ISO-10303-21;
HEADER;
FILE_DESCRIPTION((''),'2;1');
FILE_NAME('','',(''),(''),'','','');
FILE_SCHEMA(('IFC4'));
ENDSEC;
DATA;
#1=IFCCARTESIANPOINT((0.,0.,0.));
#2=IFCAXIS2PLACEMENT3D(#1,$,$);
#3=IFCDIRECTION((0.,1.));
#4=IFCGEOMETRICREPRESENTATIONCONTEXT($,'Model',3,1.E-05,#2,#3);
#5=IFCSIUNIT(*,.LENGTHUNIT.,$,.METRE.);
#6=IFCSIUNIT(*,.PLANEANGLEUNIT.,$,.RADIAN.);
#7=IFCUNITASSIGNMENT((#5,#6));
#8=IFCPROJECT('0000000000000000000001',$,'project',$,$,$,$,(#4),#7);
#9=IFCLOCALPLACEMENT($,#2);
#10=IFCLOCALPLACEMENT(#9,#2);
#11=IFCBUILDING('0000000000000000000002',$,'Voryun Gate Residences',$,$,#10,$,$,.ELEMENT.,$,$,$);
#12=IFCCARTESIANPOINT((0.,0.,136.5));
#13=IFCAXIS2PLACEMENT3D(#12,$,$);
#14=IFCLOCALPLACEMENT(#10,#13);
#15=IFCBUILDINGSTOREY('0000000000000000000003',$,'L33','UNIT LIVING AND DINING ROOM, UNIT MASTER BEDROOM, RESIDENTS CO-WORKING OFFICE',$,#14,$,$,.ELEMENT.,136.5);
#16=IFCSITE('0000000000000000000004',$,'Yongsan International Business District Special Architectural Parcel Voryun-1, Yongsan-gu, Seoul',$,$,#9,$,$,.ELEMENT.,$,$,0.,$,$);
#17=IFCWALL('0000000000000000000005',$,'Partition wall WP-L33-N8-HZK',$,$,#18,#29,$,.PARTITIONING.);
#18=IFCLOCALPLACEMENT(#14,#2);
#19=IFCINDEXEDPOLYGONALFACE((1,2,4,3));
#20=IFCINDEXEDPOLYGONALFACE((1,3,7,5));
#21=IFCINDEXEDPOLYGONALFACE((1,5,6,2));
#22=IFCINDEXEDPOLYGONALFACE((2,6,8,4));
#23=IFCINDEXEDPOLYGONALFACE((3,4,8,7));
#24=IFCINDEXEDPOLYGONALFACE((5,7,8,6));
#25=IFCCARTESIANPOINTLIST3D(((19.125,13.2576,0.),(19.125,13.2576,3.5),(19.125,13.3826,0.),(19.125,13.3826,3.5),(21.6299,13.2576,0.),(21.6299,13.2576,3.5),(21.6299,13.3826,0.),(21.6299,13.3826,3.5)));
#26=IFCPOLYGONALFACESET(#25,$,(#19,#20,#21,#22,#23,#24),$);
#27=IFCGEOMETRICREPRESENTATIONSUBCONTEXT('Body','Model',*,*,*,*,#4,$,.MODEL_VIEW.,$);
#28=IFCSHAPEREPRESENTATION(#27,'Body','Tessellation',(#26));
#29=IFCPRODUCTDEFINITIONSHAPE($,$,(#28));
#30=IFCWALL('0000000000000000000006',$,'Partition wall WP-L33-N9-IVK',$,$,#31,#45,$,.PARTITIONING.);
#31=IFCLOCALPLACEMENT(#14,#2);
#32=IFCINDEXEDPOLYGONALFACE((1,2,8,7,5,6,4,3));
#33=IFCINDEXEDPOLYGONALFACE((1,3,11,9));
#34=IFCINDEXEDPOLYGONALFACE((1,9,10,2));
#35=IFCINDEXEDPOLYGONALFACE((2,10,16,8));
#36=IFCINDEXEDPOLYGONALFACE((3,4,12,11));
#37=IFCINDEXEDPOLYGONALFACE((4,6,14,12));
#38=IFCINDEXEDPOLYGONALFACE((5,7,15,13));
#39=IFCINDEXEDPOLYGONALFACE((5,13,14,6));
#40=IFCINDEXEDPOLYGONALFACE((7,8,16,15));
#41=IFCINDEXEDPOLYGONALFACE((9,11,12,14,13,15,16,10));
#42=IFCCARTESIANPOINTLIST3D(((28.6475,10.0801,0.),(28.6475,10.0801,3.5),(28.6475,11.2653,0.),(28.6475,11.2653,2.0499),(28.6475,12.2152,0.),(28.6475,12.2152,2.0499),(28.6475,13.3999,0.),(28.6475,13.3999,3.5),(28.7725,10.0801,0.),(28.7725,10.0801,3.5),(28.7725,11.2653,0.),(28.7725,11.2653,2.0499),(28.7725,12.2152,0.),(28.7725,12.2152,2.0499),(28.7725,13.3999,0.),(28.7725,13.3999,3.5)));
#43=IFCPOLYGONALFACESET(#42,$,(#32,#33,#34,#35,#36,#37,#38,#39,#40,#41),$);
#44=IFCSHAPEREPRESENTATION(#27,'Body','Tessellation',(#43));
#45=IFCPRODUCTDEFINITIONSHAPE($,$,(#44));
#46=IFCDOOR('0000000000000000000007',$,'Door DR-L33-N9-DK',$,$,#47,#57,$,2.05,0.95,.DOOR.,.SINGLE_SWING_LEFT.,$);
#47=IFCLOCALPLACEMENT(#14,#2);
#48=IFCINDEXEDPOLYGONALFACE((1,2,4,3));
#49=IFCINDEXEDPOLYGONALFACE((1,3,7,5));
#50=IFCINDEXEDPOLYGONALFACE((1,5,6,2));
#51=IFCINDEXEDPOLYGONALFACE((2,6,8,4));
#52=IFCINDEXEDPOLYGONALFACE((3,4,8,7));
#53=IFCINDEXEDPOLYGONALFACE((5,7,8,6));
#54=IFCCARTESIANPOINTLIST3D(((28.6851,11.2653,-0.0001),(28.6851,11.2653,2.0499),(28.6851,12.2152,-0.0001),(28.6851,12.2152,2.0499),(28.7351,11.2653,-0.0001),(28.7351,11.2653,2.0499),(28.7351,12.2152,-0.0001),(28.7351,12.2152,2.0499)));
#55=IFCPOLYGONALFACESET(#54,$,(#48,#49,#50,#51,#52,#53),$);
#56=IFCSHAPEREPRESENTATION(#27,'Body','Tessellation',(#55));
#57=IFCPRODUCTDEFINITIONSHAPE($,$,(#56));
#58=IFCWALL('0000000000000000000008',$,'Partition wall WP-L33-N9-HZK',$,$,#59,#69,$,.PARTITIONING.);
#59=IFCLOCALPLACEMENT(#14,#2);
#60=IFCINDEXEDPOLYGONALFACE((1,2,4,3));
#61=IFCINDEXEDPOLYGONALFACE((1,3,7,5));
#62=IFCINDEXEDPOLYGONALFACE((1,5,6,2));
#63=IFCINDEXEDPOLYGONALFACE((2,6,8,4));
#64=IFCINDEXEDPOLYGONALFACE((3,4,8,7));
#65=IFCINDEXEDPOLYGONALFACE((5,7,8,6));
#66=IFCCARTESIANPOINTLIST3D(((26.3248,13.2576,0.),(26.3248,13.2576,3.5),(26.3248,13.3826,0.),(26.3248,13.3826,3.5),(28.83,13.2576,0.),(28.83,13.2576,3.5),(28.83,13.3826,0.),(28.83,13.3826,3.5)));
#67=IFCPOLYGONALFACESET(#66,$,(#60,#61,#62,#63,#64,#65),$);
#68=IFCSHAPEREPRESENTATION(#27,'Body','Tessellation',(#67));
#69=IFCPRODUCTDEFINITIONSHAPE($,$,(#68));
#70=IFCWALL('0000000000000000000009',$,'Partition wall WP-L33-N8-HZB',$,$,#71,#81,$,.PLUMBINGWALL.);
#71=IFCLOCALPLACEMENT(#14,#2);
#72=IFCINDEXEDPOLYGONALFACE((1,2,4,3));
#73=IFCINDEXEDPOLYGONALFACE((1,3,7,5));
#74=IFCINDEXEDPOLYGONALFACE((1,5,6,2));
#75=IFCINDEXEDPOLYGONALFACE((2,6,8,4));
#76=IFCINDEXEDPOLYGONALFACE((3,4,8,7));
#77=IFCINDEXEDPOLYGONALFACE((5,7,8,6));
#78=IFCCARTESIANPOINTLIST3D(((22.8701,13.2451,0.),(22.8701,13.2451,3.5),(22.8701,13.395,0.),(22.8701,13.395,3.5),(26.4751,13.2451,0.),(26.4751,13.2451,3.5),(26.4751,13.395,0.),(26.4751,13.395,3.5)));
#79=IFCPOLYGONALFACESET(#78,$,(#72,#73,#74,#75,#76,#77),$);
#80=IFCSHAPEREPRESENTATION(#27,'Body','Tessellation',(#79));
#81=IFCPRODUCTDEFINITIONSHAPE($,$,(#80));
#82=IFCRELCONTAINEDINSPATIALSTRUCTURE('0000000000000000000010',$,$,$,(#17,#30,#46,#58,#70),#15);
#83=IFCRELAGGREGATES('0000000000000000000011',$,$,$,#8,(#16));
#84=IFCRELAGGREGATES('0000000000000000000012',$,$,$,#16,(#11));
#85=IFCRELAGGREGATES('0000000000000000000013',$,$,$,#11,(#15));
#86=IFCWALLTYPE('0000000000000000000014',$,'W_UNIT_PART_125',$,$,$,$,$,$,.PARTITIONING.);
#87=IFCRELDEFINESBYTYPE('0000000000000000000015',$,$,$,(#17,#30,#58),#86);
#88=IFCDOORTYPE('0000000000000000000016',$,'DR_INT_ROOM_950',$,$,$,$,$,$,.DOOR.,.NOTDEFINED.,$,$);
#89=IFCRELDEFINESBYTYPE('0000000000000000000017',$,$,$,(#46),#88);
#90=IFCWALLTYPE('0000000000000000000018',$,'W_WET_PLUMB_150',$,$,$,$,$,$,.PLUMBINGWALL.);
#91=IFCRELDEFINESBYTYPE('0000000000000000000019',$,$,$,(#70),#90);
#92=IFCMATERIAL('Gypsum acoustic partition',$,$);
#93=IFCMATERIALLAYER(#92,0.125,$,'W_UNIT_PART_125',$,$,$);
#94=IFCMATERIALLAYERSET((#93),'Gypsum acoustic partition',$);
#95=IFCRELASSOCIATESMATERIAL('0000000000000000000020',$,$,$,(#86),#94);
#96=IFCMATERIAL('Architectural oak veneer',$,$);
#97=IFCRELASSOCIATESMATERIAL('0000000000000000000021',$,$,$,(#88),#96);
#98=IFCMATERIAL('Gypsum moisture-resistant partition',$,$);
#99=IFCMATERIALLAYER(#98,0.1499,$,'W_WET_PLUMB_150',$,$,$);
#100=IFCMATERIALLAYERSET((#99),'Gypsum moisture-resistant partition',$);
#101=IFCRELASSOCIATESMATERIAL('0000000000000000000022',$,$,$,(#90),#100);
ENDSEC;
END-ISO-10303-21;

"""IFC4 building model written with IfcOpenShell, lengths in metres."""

from ifc_helpers import new_model, si_unit, direction, frame, frame_2d, origin, place, context, subcontext, project, spatial, rectangle, extrude, material, layer, layer_set, type_object, element, fill, save


model = new_model("IFC4")

# Units and contexts
model_context = context("Model", 3, precision=1e-05, world=origin(), true_north=direction((0.0, 1.0)))
body_context = subcontext(model_context, "Body", "Model", "MODEL_VIEW")
ifc_project = project(units=[si_unit("LENGTHUNIT", "METRE"), si_unit("PLANEANGLEUNIT", "RADIAN")], contexts=[model_context])

# Site, building, storey
site_placement = place(None, origin())
site = spatial("IfcSite", under=ifc_project, at=site_placement, Name="Yongsan International Business District Special Architectural Parcel Voryun-1, Yongsan-gu, Seoul", CompositionType="ELEMENT", RefElevation=0.0)
building_placement = place(site_placement, origin())
building = spatial("IfcBuilding", under=site, at=building_placement, Name="Voryun Gate Residences", CompositionType="ELEMENT")
storey_placement = place(building_placement, frame((0.0, 0.0, 136.5)))
storey = spatial("IfcBuildingStorey", under=building, at=storey_placement, Name="L33", Description="UNIT LIVING AND DINING ROOM, UNIT MASTER BEDROOM, RESIDENTS CO-WORKING OFFICE", CompositionType="ELEMENT", Elevation=136.5)

# Shared definitions
ifc_material_1 = material(Name="Gypsum acoustic partition")
ifc_layer_1 = layer(ifc_material_1, 0.125, Name="W_UNIT_PART_125")
ifc_layer_set_1 = layer_set([ifc_layer_1], Name="Gypsum acoustic partition")
wall_type_1 = type_object("IfcWallType", Name="W_UNIT_PART_125", PredefinedType="PARTITIONING", material=ifc_layer_set_1)

# Wall
wall_1_placement = place(storey_placement, frame((19.125, 13.3201, 0.0), z_axis=(0.0, 0.0, 1.0), x_axis=(1.0, 0.0, 0.0)))
element("IfcWall", 1, at=wall_1_placement, inside=storey, type_object=wall_type_1, Name="Partition wall WP-L33-N8-HZK", PredefinedType="PARTITIONING", context=body_context, shape_type="SweptSolid", body=[
    extrude(rectangle(XDim=2.5049, YDim=0.125, at=frame_2d((1.2524, 0.0))), origin(), (0.0, 0.0, 1.0), 3.5),
])

# Wall, opening, door
wall_2_placement = place(storey_placement, frame((28.71, 10.0801, 0.0), z_axis=(0.0, 0.0, 1.0), x_axis=(0.0, 1.0, 0.0)))
wall_2 = element("IfcWall", 2, at=wall_2_placement, inside=storey, type_object=wall_type_1, Name="Partition wall WP-L33-N9-IVK", PredefinedType="PARTITIONING", context=body_context, shape_type="SweptSolid", body=[
    extrude(rectangle(XDim=3.3198, YDim=0.125, at=frame_2d((1.6599, 0.0))), origin(), (0.0, 0.0, 1.0), 3.5),
])
opening_1_placement = place(wall_2_placement, frame((1.1851, 0.0, 0.0)))
opening_1 = element("IfcOpeningElement", 3, at=opening_1_placement, cuts=wall_2, PredefinedType="OPENING", context=body_context, shape_type="SweptSolid", body=[
    extrude(rectangle(XDim=0.95, YDim=2.05, at=frame_2d((0.4751, 1.0249))), frame((0.0, 0.0725, 0.0), z_axis=(0.0, -1.0, 0.0), x_axis=(1.0, 0.0, 0.0)), (0.0, 0.0, 1.0), 0.145),
])
ifc_material_2 = material(Name="Architectural oak veneer")
door_type_1 = type_object("IfcDoorType", Name="DR_INT_ROOM_950", OperationType="NOTDEFINED", PredefinedType="DOOR", material=ifc_material_2)
door_1_placement = place(opening_1_placement, origin())
door_1 = element("IfcDoor", 4, at=door_1_placement, inside=storey, type_object=door_type_1, Name="Door DR-L33-N9-DK", OperationType="SINGLE_SWING_LEFT", OverallHeight=2.05, OverallWidth=0.95, PredefinedType="DOOR", context=body_context, shape_type="SweptSolid", body=[
    extrude(rectangle(XDim=0.95, YDim=2.05, at=frame_2d((0.4751, 1.0249))), frame((0.0, 0.0249, 0.0), z_axis=(0.0, -1.0, 0.0), x_axis=(1.0, 0.0, 0.0)), (0.0, 0.0, 1.0), 0.05),
])
fill(opening_1, door_1)

# Walls
wall_3_placement = place(storey_placement, frame((26.325, 13.3201, 0.0), z_axis=(0.0, 0.0, 1.0), x_axis=(1.0, 0.0, 0.0)))
element("IfcWall", 5, at=wall_3_placement, inside=storey, type_object=wall_type_1, Name="Partition wall WP-L33-N9-HZK", PredefinedType="PARTITIONING", context=body_context, shape_type="SweptSolid", body=[
    extrude(rectangle(XDim=2.5051, YDim=0.125, at=frame_2d((1.2524, 0.0))), origin(), (0.0, 0.0, 1.0), 3.5),
])
ifc_material_3 = material(Name="Gypsum moisture-resistant partition")
ifc_layer_2 = layer(ifc_material_3, 0.1499, Name="W_WET_PLUMB_150")
ifc_layer_set_2 = layer_set([ifc_layer_2], Name="Gypsum moisture-resistant partition")
wall_type_2 = type_object("IfcWallType", Name="W_WET_PLUMB_150", PredefinedType="PLUMBINGWALL", material=ifc_layer_set_2)
wall_4_placement = place(storey_placement, frame((22.8701, 13.3201, 0.0), z_axis=(0.0, 0.0, 1.0), x_axis=(1.0, 0.0, 0.0)))
element("IfcWall", 6, at=wall_4_placement, inside=storey, type_object=wall_type_2, Name="Partition wall WP-L33-N8-HZB", PredefinedType="PLUMBINGWALL", context=body_context, shape_type="SweptSolid", body=[
    extrude(rectangle(XDim=3.605, YDim=0.1499, at=frame_2d((1.8025, 0.0))), origin(), (0.0, 0.0, 1.0), 3.5),
])

save(model, "model.ifc")
